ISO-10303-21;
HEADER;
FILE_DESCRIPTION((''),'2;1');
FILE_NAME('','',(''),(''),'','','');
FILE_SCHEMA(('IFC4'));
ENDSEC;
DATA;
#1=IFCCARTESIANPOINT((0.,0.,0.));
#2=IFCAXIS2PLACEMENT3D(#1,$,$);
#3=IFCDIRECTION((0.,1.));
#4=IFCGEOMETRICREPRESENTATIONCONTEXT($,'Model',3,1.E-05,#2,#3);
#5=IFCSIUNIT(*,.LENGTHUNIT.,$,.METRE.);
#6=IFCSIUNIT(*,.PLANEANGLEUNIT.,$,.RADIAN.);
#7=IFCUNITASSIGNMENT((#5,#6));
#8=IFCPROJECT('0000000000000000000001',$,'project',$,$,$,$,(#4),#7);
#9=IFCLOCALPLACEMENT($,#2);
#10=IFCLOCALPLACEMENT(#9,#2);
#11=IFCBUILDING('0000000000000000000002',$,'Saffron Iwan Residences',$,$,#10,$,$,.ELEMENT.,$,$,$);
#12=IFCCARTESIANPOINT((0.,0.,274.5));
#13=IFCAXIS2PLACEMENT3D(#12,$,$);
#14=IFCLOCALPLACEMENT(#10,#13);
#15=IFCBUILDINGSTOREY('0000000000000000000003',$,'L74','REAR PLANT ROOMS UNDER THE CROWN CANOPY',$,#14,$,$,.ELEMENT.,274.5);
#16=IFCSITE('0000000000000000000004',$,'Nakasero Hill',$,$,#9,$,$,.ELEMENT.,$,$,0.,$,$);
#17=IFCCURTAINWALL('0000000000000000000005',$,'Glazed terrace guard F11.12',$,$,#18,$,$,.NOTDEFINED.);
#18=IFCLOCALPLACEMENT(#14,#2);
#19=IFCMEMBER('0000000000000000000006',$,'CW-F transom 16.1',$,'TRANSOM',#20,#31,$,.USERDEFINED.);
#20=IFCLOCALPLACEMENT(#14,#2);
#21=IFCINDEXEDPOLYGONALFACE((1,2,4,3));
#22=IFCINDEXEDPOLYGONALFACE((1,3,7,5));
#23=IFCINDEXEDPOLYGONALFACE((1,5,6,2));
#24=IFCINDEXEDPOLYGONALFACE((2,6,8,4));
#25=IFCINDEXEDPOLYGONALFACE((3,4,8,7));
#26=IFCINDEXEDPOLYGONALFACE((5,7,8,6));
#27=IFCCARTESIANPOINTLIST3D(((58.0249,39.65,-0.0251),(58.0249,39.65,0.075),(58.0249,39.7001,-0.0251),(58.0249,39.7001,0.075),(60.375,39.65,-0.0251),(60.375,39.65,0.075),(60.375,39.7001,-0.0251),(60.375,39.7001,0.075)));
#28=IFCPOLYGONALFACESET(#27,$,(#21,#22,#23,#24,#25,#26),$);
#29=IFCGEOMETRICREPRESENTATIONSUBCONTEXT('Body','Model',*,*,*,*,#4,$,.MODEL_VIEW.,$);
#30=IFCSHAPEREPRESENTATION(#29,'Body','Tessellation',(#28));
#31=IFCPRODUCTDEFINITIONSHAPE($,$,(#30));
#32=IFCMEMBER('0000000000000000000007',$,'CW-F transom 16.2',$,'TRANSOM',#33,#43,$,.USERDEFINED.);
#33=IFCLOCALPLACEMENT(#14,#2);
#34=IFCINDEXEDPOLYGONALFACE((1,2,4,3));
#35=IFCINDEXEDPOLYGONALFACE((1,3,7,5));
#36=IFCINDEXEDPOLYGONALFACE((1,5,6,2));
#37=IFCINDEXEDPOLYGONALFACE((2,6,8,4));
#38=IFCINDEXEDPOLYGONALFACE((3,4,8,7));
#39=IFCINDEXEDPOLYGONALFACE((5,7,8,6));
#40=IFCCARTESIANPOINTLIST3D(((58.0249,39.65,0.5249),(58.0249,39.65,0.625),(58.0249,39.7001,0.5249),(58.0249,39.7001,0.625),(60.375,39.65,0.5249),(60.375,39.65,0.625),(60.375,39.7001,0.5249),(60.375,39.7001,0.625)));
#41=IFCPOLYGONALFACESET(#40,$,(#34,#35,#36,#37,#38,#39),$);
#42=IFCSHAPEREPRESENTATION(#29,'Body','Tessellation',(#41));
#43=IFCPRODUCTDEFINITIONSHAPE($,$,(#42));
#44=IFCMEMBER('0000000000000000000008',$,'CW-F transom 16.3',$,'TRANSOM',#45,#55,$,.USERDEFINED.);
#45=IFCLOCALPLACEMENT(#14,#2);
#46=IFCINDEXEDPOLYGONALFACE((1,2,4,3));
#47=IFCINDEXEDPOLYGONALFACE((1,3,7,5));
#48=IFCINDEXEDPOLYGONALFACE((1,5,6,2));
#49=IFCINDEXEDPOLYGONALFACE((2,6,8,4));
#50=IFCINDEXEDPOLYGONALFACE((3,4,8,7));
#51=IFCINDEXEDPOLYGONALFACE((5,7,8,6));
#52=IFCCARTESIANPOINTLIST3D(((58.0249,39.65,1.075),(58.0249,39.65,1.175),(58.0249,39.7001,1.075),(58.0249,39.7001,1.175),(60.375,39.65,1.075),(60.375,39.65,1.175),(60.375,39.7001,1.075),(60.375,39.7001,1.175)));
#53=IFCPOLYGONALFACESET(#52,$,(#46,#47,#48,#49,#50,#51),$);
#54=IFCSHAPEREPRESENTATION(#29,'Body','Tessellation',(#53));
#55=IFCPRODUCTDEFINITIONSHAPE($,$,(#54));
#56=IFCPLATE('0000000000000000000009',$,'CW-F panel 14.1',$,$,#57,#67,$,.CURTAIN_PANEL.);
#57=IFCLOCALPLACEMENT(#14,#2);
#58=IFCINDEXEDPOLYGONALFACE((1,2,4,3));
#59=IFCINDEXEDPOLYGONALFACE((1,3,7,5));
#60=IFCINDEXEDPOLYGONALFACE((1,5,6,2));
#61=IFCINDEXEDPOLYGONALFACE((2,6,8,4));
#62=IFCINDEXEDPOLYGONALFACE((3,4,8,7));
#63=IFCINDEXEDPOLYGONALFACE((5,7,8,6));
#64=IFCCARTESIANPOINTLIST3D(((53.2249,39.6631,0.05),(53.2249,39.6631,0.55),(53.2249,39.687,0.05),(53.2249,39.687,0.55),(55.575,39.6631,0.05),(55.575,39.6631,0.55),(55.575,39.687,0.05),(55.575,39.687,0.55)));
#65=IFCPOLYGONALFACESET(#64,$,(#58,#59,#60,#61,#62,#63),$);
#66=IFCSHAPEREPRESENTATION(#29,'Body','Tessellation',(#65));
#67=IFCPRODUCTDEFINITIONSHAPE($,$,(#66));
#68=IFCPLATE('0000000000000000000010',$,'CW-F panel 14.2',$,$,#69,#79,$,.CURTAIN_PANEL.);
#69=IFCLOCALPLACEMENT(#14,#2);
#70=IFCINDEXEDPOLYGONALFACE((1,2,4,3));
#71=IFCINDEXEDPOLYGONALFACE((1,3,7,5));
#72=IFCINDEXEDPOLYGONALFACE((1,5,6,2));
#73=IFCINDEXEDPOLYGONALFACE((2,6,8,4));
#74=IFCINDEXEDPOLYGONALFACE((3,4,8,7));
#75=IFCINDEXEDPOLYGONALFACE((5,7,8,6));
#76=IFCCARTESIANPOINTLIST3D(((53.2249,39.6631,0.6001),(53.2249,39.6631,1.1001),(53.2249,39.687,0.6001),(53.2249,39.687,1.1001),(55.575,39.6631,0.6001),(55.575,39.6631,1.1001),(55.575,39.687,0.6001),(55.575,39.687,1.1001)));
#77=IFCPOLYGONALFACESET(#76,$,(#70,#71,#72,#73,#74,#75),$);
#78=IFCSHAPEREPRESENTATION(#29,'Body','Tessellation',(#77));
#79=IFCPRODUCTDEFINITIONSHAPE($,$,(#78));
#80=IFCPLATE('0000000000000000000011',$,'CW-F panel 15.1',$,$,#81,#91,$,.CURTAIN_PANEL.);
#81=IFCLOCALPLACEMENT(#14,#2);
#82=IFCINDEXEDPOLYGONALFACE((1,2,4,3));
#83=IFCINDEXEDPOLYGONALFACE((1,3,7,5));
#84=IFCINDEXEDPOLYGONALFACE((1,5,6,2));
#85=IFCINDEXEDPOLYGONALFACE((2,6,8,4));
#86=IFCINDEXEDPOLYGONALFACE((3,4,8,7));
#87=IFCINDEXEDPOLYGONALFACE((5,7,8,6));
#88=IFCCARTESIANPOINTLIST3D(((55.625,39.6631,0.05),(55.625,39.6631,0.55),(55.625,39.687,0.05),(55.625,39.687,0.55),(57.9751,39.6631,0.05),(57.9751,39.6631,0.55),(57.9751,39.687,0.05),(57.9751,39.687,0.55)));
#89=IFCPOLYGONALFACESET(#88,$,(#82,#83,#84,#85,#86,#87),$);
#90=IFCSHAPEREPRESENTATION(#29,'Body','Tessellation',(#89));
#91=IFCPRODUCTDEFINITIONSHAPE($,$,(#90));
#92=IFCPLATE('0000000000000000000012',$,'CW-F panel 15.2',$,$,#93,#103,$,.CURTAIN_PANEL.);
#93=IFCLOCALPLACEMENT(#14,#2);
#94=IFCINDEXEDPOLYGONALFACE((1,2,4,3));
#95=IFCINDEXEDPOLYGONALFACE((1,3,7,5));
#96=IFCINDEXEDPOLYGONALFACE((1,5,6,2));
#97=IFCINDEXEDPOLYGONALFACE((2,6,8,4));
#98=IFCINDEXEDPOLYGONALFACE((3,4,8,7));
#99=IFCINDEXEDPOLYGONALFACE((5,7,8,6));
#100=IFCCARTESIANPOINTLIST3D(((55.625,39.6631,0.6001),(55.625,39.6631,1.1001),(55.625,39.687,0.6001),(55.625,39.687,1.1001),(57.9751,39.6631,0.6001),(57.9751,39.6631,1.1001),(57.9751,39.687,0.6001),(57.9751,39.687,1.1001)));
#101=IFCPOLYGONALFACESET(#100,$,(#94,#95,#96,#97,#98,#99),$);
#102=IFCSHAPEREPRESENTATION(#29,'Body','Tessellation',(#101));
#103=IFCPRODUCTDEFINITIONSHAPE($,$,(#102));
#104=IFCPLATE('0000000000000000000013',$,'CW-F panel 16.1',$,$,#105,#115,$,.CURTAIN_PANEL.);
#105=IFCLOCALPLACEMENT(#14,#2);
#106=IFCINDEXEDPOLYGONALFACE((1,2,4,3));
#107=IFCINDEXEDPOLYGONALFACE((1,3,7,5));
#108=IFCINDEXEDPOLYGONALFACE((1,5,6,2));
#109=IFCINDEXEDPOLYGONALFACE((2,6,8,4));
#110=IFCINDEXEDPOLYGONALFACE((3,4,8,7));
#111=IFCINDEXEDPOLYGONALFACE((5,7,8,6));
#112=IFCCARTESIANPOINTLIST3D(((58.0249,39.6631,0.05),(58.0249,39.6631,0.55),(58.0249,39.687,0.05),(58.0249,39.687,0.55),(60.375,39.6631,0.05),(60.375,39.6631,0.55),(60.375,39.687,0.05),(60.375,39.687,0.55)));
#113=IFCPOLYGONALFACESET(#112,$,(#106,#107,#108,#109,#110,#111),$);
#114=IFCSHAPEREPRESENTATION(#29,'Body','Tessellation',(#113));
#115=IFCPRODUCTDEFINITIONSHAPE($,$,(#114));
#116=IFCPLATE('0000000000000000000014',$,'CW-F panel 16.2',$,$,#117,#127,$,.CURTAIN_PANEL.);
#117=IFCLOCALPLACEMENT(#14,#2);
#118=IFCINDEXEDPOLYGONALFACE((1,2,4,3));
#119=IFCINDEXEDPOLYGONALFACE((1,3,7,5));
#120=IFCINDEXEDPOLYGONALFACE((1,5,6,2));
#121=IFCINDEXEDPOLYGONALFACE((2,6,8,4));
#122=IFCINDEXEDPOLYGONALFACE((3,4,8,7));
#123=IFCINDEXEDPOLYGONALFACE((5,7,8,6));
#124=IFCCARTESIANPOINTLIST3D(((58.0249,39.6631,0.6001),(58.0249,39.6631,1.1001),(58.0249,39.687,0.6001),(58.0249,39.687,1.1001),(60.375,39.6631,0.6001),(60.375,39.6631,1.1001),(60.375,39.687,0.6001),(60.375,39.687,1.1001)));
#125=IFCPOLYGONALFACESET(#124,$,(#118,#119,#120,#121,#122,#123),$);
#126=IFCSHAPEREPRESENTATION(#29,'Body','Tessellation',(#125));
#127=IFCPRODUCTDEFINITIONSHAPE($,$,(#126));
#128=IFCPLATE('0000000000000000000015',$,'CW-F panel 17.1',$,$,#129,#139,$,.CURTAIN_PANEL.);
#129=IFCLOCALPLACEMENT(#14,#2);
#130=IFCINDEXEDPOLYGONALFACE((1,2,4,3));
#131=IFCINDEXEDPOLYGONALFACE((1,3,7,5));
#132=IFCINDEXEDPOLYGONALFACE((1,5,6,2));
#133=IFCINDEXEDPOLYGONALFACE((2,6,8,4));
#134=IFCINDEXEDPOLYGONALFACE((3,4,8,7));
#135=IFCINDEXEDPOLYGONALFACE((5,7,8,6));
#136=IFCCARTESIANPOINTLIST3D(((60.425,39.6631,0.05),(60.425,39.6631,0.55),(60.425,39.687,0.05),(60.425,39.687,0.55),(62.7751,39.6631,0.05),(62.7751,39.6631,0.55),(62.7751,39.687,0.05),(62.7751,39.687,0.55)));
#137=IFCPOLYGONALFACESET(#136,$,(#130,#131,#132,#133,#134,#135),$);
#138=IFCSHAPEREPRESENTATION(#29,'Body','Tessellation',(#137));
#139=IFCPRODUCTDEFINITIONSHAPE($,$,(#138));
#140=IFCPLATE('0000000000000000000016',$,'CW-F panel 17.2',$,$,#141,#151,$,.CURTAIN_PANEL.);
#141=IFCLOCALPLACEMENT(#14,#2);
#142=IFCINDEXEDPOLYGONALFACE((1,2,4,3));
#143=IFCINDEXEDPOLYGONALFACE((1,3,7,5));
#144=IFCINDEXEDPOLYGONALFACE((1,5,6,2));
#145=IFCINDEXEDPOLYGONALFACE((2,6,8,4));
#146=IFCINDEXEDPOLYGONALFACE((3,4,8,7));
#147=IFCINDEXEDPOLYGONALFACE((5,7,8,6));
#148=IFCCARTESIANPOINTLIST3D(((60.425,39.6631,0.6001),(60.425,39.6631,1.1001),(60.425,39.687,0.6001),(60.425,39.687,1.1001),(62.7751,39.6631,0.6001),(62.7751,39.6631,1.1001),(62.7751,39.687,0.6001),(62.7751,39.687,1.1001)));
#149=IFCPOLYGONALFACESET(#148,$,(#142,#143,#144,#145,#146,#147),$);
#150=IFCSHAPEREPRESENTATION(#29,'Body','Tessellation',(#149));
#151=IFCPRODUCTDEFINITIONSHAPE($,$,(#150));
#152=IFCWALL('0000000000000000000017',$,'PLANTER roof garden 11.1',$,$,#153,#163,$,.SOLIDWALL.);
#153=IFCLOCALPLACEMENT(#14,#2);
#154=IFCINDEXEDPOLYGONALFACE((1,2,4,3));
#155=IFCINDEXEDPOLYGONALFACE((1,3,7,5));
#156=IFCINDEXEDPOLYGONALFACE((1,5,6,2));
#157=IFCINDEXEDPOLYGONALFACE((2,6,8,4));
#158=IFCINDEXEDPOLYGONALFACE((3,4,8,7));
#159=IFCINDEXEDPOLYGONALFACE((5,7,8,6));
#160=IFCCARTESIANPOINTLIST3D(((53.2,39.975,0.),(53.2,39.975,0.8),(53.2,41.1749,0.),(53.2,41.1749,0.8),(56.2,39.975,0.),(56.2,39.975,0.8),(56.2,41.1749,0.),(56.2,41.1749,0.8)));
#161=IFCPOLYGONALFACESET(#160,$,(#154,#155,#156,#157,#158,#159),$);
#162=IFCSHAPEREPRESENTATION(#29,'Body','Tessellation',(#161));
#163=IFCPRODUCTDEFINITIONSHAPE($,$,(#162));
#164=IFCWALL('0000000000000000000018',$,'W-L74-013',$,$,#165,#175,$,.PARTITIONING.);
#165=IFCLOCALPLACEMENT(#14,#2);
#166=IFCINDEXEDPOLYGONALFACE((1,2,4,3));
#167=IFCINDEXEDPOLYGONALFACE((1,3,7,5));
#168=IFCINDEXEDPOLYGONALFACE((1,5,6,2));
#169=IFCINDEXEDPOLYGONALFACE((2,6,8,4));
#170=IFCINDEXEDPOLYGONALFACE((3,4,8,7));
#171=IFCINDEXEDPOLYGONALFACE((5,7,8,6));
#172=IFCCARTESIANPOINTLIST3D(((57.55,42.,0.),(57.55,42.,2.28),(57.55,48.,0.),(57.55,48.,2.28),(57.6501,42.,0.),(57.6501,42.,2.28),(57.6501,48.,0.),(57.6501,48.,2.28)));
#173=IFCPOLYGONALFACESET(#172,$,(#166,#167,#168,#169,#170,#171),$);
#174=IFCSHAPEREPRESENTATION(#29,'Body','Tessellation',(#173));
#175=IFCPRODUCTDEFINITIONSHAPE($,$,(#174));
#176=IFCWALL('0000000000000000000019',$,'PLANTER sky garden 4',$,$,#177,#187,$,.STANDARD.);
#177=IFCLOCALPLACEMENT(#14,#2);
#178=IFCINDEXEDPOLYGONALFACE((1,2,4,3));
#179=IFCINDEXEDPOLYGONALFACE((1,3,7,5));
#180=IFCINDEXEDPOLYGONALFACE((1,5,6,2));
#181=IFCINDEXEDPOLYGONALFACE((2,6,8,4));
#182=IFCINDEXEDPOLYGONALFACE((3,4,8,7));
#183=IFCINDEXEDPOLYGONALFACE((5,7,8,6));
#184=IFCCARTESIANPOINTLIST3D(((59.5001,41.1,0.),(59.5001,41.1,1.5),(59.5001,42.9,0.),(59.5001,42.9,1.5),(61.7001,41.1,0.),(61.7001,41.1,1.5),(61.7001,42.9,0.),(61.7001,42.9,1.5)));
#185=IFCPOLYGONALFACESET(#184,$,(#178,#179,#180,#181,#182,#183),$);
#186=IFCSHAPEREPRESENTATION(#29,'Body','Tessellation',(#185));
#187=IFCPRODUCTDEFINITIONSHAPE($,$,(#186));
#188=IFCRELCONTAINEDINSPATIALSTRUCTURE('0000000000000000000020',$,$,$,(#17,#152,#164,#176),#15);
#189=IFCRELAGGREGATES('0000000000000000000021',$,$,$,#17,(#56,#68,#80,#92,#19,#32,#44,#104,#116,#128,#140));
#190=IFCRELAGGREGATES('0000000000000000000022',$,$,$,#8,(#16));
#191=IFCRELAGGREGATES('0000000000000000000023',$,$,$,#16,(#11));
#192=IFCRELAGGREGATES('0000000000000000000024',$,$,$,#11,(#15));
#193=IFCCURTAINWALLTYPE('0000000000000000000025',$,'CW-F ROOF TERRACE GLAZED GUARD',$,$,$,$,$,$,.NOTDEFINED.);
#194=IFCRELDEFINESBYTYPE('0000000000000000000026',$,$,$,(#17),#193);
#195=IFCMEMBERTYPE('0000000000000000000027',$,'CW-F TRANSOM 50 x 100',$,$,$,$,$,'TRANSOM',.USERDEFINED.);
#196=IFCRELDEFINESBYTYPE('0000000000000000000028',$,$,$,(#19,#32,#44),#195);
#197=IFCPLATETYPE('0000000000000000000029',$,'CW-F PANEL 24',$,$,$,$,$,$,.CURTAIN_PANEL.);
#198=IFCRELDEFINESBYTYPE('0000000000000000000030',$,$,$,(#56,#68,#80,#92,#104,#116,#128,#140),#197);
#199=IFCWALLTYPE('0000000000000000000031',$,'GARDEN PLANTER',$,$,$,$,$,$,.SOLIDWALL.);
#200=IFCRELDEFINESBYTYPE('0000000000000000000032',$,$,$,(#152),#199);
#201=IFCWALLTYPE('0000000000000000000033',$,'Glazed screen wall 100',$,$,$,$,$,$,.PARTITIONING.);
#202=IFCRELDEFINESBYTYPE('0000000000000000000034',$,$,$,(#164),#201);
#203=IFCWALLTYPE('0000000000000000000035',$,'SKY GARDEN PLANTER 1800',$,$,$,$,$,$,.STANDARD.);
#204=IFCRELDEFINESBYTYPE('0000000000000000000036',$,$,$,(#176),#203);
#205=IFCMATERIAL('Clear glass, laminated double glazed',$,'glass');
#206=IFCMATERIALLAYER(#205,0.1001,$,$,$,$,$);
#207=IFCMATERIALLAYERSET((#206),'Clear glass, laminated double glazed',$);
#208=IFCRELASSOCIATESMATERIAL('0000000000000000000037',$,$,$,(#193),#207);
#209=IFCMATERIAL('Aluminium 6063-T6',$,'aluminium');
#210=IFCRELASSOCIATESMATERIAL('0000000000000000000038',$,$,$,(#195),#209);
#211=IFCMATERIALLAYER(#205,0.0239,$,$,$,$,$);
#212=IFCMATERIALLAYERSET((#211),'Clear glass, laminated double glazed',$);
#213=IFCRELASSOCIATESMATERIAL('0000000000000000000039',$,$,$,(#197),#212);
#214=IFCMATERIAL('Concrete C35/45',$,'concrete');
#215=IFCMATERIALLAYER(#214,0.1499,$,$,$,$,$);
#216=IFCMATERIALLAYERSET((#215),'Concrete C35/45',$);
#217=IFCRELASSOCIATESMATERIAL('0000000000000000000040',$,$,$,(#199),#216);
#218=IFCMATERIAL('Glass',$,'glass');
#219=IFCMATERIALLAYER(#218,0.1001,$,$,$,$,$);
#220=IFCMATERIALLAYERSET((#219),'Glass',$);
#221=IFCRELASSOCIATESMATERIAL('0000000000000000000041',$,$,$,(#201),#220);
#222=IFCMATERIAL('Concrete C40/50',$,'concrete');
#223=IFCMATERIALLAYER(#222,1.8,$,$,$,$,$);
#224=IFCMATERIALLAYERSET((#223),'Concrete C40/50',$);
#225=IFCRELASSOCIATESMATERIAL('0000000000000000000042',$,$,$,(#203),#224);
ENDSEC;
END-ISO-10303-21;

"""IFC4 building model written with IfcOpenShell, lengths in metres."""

from ifc_helpers import new_model, si_unit, direction, frame, frame_2d, origin, origin_2d, place, context, subcontext, project, spatial, rectangle, extrude, source, transform, mapped, material, layer, layer_set, material_profile, profile_set, type_object, element, aggregate, save


model = new_model("IFC4")

# Units and contexts
model_context = context("Model", 3, precision=1e-05, world=origin(), true_north=direction((0.0, 1.0)))
body_context = subcontext(model_context, "Body", "Model", "MODEL_VIEW")
ifc_project = project(units=[si_unit("LENGTHUNIT", "METRE"), si_unit("PLANEANGLEUNIT", "RADIAN")], contexts=[model_context])

# Site, building, storey
site_placement = place(None, origin())
site = spatial("IfcSite", under=ifc_project, at=site_placement, Name="Nakasero Hill", CompositionType="ELEMENT", RefElevation=0.0)
building_placement = place(site_placement, origin())
building = spatial("IfcBuilding", under=site, at=building_placement, Name="Saffron Iwan Residences", CompositionType="ELEMENT")
storey_placement = place(building_placement, frame((0.0, 0.0, 274.5)))
storey = spatial("IfcBuildingStorey", under=building, at=storey_placement, Name="L74", Description="REAR PLANT ROOMS UNDER THE CROWN CANOPY", CompositionType="ELEMENT", Elevation=274.5)

# Shared definitions
ifc_material_1 = material(Name="Concrete C40/50", Category="concrete")

# Curtain wall, members, plates
ifc_material_2 = material(Name="Clear glass, laminated double glazed", Category="glass")
ifc_layer_1 = layer(ifc_material_2, 0.1001)
ifc_layer_set_1 = layer_set([ifc_layer_1], Name="Clear glass, laminated double glazed")
curtain_wall_type = type_object("IfcCurtainWallType", Name="CW-F ROOF TERRACE GLAZED GUARD", PredefinedType="NOTDEFINED", material=ifc_layer_set_1)
curtain_wall_placement = place(storey_placement, origin())
curtain_wall = element("IfcCurtainWall", 1, at=curtain_wall_placement, inside=storey, type_object=curtain_wall_type, Name="Glazed terrace guard F11.12", PredefinedType="NOTDEFINED")
ifc_material_3 = material(Name="Aluminium 6063-T6", Category="aluminium")
ifc_material_profile_1 = material_profile(ifc_material_3, rectangle(XDim=0.05, YDim=0.1001, at=origin_2d()), Name="CW-F TRANSOM 50 x 100")
ifc_profile_set_1 = profile_set([ifc_material_profile_1], Name="Aluminium 6063-T6")
member_type_1 = type_object("IfcMemberType", Name="CW-F TRANSOM 50 x 100", ElementType="TRANSOM", PredefinedType="USERDEFINED", material=ifc_profile_set_1)
shared_shape_1 = source(origin(), body_context, "Body", "SweptSolid", [
    extrude(rectangle(XDim=0.05, YDim=0.1001, at=origin_2d()), origin(), (0.0, 0.0, 1.0), 2.3501),
])
member_1_placement = place(storey_placement, frame((58.0249, 39.675, 0.0249), z_axis=(1.0, 0.0, 0.0), x_axis=(0.0, 1.0, 0.0)))
member_1 = element("IfcMember", 2, at=member_1_placement, type_object=member_type_1, Name="CW-F transom 16.1", ObjectType="TRANSOM", PredefinedType="USERDEFINED", context=body_context, shape_type="MappedRepresentation", body=[
    mapped(shared_shape_1, transform((0.0, 0.0, 0.0))),
])
member_2_placement = place(storey_placement, frame((58.0249, 39.675, 0.575), z_axis=(1.0, 0.0, 0.0), x_axis=(0.0, 1.0, 0.0)))
member_2 = element("IfcMember", 3, at=member_2_placement, type_object=member_type_1, Name="CW-F transom 16.2", ObjectType="TRANSOM", PredefinedType="USERDEFINED", context=body_context, shape_type="MappedRepresentation", body=[
    mapped(shared_shape_1, transform((0.0, 0.0, 0.0))),
])
member_3_placement = place(storey_placement, frame((58.0249, 39.675, 1.125), z_axis=(1.0, 0.0, 0.0), x_axis=(0.0, 1.0, 0.0)))
member_3 = element("IfcMember", 4, at=member_3_placement, type_object=member_type_1, Name="CW-F transom 16.3", ObjectType="TRANSOM", PredefinedType="USERDEFINED", context=body_context, shape_type="MappedRepresentation", body=[
    mapped(shared_shape_1, transform((0.0, 0.0, 0.0))),
])
ifc_layer_2 = layer(ifc_material_2, 0.0239)
ifc_layer_set_2 = layer_set([ifc_layer_2], Name="Clear glass, laminated double glazed")
plate_type = type_object("IfcPlateType", Name="CW-F PANEL 24", PredefinedType="CURTAIN_PANEL", material=ifc_layer_set_2)
shared_shape_2 = source(origin(), body_context, "Body", "SweptSolid", [
    extrude(rectangle(XDim=2.3501, YDim=0.0239, at=origin_2d()), origin(), (0.0, 0.0, 1.0), 0.5),
])
plate_1_placement = place(storey_placement, frame((54.3999, 39.675, 0.05), z_axis=(0.0, 0.0, 1.0), x_axis=(1.0, 0.0, 0.0)))
plate_1 = element("IfcPlate", 5, at=plate_1_placement, type_object=plate_type, Name="CW-F panel 14.1", PredefinedType="CURTAIN_PANEL", context=body_context, shape_type="MappedRepresentation", body=[
    mapped(shared_shape_2, transform((0.0, 0.0, 0.0))),
])
plate_2_placement = place(storey_placement, frame((54.3999, 39.675, 0.6001), z_axis=(0.0, 0.0, 1.0), x_axis=(1.0, 0.0, 0.0)))
plate_2 = element("IfcPlate", 6, at=plate_2_placement, type_object=plate_type, Name="CW-F panel 14.2", PredefinedType="CURTAIN_PANEL", context=body_context, shape_type="MappedRepresentation", body=[
    mapped(shared_shape_2, transform((0.0, 0.0, 0.0))),
])
plate_3_placement = place(storey_placement, frame((56.8, 39.675, 0.05), z_axis=(0.0, 0.0, 1.0), x_axis=(1.0, 0.0, 0.0)))
plate_3 = element("IfcPlate", 7, at=plate_3_placement, type_object=plate_type, Name="CW-F panel 15.1", PredefinedType="CURTAIN_PANEL", context=body_context, shape_type="MappedRepresentation", body=[
    mapped(shared_shape_2, transform((0.0, 0.0, 0.0))),
])
plate_4_placement = place(storey_placement, frame((56.8, 39.675, 0.6001), z_axis=(0.0, 0.0, 1.0), x_axis=(1.0, 0.0, 0.0)))
plate_4 = element("IfcPlate", 8, at=plate_4_placement, type_object=plate_type, Name="CW-F panel 15.2", PredefinedType="CURTAIN_PANEL", context=body_context, shape_type="MappedRepresentation", body=[
    mapped(shared_shape_2, transform((0.0, 0.0, 0.0))),
])
plate_5_placement = place(storey_placement, frame((59.2, 39.675, 0.05), z_axis=(0.0, 0.0, 1.0), x_axis=(1.0, 0.0, 0.0)))
plate_5 = element("IfcPlate", 9, at=plate_5_placement, type_object=plate_type, Name="CW-F panel 16.1", PredefinedType="CURTAIN_PANEL", context=body_context, shape_type="MappedRepresentation", body=[
    mapped(shared_shape_2, transform((0.0, 0.0, 0.0))),
])
plate_6_placement = place(storey_placement, frame((59.2, 39.675, 0.6001), z_axis=(0.0, 0.0, 1.0), x_axis=(1.0, 0.0, 0.0)))
plate_6 = element("IfcPlate", 10, at=plate_6_placement, type_object=plate_type, Name="CW-F panel 16.2", PredefinedType="CURTAIN_PANEL", context=body_context, shape_type="MappedRepresentation", body=[
    mapped(shared_shape_2, transform((0.0, 0.0, 0.0))),
])
plate_7_placement = place(storey_placement, frame((61.6001, 39.675, 0.05), z_axis=(0.0, 0.0, 1.0), x_axis=(1.0, 0.0, 0.0)))
plate_7 = element("IfcPlate", 11, at=plate_7_placement, type_object=plate_type, Name="CW-F panel 17.1", PredefinedType="CURTAIN_PANEL", context=body_context, shape_type="MappedRepresentation", body=[
    mapped(shared_shape_2, transform((0.0, 0.0, 0.0))),
])
plate_8_placement = place(storey_placement, frame((61.6001, 39.675, 0.6001), z_axis=(0.0, 0.0, 1.0), x_axis=(1.0, 0.0, 0.0)))
plate_8 = element("IfcPlate", 12, at=plate_8_placement, type_object=plate_type, Name="CW-F panel 17.2", PredefinedType="CURTAIN_PANEL", context=body_context, shape_type="MappedRepresentation", body=[
    mapped(shared_shape_2, transform((0.0, 0.0, 0.0))),
])
aggregate(curtain_wall, [plate_1, plate_2, plate_3, plate_4, member_1, member_2, member_3, plate_5, plate_6, plate_7, plate_8])

# Walls
ifc_material_4 = material(Name="Concrete C35/45", Category="concrete")
ifc_layer_3 = layer(ifc_material_4, 0.1499)
ifc_layer_set_3 = layer_set([ifc_layer_3], Name="Concrete C35/45")
wall_type_1 = type_object("IfcWallType", Name="GARDEN PLANTER", PredefinedType="SOLIDWALL", material=ifc_layer_set_3)
wall_1_placement = place(storey_placement, frame((53.2, 40.575, 0.0), z_axis=(0.0, 0.0, 1.0), x_axis=(1.0, 0.0, 0.0)))
element("IfcWall", 13, at=wall_1_placement, inside=storey, type_object=wall_type_1, Name="PLANTER roof garden 11.1", PredefinedType="SOLIDWALL", context=body_context, shape_type="SweptSolid", body=[
    extrude(rectangle(XDim=3.0, YDim=1.2, at=frame_2d((1.5, 0.0))), origin(), (0.0, 0.0, 1.0), 0.8),
])
ifc_material_5 = material(Name="Glass", Category="glass")
ifc_layer_4 = layer(ifc_material_5, 0.1001)
ifc_layer_set_4 = layer_set([ifc_layer_4], Name="Glass")
wall_type_2 = type_object("IfcWallType", Name="Glazed screen wall 100", PredefinedType="PARTITIONING", material=ifc_layer_set_4)
wall_2_placement = place(storey_placement, frame((57.6001, 42.0, 0.0), z_axis=(0.0, 0.0, 1.0), x_axis=(0.0, 1.0, 0.0)))
element("IfcWall", 14, at=wall_2_placement, inside=storey, type_object=wall_type_2, Name="W-L74-013", PredefinedType="PARTITIONING", context=body_context, shape_type="SweptSolid", body=[
    extrude(rectangle(XDim=6.0, YDim=0.1001, at=frame_2d((3.0, 0.0))), origin(), (0.0, 0.0, 1.0), 2.28),
])
ifc_layer_5 = layer(ifc_material_1, 1.8)
ifc_layer_set_5 = layer_set([ifc_layer_5], Name="Concrete C40/50")
wall_type_3 = type_object("IfcWallType", Name="SKY GARDEN PLANTER 1800", PredefinedType="STANDARD", material=ifc_layer_set_5)
for number, where, z_axis, x_axis, name in (
    (15, (59.5, 42.0, 0.0), (0.0, 0.0, 1.0), (1.0, 0.0, 0.0), "PLANTER sky garden 4"),
):
    element("IfcWall", number, at=place(storey_placement, frame(where, z_axis=z_axis, x_axis=x_axis)), inside=storey, type_object=wall_type_3, Name=name, PredefinedType="STANDARD", context=body_context, shape_type="SweptSolid", body=[
        extrude(rectangle(XDim=2.2, YDim=1.8, at=frame_2d((1.1001, 0.0))), origin(), (0.0, 0.0, 1.0), 1.5),
    ])

save(model, "model.ifc")
